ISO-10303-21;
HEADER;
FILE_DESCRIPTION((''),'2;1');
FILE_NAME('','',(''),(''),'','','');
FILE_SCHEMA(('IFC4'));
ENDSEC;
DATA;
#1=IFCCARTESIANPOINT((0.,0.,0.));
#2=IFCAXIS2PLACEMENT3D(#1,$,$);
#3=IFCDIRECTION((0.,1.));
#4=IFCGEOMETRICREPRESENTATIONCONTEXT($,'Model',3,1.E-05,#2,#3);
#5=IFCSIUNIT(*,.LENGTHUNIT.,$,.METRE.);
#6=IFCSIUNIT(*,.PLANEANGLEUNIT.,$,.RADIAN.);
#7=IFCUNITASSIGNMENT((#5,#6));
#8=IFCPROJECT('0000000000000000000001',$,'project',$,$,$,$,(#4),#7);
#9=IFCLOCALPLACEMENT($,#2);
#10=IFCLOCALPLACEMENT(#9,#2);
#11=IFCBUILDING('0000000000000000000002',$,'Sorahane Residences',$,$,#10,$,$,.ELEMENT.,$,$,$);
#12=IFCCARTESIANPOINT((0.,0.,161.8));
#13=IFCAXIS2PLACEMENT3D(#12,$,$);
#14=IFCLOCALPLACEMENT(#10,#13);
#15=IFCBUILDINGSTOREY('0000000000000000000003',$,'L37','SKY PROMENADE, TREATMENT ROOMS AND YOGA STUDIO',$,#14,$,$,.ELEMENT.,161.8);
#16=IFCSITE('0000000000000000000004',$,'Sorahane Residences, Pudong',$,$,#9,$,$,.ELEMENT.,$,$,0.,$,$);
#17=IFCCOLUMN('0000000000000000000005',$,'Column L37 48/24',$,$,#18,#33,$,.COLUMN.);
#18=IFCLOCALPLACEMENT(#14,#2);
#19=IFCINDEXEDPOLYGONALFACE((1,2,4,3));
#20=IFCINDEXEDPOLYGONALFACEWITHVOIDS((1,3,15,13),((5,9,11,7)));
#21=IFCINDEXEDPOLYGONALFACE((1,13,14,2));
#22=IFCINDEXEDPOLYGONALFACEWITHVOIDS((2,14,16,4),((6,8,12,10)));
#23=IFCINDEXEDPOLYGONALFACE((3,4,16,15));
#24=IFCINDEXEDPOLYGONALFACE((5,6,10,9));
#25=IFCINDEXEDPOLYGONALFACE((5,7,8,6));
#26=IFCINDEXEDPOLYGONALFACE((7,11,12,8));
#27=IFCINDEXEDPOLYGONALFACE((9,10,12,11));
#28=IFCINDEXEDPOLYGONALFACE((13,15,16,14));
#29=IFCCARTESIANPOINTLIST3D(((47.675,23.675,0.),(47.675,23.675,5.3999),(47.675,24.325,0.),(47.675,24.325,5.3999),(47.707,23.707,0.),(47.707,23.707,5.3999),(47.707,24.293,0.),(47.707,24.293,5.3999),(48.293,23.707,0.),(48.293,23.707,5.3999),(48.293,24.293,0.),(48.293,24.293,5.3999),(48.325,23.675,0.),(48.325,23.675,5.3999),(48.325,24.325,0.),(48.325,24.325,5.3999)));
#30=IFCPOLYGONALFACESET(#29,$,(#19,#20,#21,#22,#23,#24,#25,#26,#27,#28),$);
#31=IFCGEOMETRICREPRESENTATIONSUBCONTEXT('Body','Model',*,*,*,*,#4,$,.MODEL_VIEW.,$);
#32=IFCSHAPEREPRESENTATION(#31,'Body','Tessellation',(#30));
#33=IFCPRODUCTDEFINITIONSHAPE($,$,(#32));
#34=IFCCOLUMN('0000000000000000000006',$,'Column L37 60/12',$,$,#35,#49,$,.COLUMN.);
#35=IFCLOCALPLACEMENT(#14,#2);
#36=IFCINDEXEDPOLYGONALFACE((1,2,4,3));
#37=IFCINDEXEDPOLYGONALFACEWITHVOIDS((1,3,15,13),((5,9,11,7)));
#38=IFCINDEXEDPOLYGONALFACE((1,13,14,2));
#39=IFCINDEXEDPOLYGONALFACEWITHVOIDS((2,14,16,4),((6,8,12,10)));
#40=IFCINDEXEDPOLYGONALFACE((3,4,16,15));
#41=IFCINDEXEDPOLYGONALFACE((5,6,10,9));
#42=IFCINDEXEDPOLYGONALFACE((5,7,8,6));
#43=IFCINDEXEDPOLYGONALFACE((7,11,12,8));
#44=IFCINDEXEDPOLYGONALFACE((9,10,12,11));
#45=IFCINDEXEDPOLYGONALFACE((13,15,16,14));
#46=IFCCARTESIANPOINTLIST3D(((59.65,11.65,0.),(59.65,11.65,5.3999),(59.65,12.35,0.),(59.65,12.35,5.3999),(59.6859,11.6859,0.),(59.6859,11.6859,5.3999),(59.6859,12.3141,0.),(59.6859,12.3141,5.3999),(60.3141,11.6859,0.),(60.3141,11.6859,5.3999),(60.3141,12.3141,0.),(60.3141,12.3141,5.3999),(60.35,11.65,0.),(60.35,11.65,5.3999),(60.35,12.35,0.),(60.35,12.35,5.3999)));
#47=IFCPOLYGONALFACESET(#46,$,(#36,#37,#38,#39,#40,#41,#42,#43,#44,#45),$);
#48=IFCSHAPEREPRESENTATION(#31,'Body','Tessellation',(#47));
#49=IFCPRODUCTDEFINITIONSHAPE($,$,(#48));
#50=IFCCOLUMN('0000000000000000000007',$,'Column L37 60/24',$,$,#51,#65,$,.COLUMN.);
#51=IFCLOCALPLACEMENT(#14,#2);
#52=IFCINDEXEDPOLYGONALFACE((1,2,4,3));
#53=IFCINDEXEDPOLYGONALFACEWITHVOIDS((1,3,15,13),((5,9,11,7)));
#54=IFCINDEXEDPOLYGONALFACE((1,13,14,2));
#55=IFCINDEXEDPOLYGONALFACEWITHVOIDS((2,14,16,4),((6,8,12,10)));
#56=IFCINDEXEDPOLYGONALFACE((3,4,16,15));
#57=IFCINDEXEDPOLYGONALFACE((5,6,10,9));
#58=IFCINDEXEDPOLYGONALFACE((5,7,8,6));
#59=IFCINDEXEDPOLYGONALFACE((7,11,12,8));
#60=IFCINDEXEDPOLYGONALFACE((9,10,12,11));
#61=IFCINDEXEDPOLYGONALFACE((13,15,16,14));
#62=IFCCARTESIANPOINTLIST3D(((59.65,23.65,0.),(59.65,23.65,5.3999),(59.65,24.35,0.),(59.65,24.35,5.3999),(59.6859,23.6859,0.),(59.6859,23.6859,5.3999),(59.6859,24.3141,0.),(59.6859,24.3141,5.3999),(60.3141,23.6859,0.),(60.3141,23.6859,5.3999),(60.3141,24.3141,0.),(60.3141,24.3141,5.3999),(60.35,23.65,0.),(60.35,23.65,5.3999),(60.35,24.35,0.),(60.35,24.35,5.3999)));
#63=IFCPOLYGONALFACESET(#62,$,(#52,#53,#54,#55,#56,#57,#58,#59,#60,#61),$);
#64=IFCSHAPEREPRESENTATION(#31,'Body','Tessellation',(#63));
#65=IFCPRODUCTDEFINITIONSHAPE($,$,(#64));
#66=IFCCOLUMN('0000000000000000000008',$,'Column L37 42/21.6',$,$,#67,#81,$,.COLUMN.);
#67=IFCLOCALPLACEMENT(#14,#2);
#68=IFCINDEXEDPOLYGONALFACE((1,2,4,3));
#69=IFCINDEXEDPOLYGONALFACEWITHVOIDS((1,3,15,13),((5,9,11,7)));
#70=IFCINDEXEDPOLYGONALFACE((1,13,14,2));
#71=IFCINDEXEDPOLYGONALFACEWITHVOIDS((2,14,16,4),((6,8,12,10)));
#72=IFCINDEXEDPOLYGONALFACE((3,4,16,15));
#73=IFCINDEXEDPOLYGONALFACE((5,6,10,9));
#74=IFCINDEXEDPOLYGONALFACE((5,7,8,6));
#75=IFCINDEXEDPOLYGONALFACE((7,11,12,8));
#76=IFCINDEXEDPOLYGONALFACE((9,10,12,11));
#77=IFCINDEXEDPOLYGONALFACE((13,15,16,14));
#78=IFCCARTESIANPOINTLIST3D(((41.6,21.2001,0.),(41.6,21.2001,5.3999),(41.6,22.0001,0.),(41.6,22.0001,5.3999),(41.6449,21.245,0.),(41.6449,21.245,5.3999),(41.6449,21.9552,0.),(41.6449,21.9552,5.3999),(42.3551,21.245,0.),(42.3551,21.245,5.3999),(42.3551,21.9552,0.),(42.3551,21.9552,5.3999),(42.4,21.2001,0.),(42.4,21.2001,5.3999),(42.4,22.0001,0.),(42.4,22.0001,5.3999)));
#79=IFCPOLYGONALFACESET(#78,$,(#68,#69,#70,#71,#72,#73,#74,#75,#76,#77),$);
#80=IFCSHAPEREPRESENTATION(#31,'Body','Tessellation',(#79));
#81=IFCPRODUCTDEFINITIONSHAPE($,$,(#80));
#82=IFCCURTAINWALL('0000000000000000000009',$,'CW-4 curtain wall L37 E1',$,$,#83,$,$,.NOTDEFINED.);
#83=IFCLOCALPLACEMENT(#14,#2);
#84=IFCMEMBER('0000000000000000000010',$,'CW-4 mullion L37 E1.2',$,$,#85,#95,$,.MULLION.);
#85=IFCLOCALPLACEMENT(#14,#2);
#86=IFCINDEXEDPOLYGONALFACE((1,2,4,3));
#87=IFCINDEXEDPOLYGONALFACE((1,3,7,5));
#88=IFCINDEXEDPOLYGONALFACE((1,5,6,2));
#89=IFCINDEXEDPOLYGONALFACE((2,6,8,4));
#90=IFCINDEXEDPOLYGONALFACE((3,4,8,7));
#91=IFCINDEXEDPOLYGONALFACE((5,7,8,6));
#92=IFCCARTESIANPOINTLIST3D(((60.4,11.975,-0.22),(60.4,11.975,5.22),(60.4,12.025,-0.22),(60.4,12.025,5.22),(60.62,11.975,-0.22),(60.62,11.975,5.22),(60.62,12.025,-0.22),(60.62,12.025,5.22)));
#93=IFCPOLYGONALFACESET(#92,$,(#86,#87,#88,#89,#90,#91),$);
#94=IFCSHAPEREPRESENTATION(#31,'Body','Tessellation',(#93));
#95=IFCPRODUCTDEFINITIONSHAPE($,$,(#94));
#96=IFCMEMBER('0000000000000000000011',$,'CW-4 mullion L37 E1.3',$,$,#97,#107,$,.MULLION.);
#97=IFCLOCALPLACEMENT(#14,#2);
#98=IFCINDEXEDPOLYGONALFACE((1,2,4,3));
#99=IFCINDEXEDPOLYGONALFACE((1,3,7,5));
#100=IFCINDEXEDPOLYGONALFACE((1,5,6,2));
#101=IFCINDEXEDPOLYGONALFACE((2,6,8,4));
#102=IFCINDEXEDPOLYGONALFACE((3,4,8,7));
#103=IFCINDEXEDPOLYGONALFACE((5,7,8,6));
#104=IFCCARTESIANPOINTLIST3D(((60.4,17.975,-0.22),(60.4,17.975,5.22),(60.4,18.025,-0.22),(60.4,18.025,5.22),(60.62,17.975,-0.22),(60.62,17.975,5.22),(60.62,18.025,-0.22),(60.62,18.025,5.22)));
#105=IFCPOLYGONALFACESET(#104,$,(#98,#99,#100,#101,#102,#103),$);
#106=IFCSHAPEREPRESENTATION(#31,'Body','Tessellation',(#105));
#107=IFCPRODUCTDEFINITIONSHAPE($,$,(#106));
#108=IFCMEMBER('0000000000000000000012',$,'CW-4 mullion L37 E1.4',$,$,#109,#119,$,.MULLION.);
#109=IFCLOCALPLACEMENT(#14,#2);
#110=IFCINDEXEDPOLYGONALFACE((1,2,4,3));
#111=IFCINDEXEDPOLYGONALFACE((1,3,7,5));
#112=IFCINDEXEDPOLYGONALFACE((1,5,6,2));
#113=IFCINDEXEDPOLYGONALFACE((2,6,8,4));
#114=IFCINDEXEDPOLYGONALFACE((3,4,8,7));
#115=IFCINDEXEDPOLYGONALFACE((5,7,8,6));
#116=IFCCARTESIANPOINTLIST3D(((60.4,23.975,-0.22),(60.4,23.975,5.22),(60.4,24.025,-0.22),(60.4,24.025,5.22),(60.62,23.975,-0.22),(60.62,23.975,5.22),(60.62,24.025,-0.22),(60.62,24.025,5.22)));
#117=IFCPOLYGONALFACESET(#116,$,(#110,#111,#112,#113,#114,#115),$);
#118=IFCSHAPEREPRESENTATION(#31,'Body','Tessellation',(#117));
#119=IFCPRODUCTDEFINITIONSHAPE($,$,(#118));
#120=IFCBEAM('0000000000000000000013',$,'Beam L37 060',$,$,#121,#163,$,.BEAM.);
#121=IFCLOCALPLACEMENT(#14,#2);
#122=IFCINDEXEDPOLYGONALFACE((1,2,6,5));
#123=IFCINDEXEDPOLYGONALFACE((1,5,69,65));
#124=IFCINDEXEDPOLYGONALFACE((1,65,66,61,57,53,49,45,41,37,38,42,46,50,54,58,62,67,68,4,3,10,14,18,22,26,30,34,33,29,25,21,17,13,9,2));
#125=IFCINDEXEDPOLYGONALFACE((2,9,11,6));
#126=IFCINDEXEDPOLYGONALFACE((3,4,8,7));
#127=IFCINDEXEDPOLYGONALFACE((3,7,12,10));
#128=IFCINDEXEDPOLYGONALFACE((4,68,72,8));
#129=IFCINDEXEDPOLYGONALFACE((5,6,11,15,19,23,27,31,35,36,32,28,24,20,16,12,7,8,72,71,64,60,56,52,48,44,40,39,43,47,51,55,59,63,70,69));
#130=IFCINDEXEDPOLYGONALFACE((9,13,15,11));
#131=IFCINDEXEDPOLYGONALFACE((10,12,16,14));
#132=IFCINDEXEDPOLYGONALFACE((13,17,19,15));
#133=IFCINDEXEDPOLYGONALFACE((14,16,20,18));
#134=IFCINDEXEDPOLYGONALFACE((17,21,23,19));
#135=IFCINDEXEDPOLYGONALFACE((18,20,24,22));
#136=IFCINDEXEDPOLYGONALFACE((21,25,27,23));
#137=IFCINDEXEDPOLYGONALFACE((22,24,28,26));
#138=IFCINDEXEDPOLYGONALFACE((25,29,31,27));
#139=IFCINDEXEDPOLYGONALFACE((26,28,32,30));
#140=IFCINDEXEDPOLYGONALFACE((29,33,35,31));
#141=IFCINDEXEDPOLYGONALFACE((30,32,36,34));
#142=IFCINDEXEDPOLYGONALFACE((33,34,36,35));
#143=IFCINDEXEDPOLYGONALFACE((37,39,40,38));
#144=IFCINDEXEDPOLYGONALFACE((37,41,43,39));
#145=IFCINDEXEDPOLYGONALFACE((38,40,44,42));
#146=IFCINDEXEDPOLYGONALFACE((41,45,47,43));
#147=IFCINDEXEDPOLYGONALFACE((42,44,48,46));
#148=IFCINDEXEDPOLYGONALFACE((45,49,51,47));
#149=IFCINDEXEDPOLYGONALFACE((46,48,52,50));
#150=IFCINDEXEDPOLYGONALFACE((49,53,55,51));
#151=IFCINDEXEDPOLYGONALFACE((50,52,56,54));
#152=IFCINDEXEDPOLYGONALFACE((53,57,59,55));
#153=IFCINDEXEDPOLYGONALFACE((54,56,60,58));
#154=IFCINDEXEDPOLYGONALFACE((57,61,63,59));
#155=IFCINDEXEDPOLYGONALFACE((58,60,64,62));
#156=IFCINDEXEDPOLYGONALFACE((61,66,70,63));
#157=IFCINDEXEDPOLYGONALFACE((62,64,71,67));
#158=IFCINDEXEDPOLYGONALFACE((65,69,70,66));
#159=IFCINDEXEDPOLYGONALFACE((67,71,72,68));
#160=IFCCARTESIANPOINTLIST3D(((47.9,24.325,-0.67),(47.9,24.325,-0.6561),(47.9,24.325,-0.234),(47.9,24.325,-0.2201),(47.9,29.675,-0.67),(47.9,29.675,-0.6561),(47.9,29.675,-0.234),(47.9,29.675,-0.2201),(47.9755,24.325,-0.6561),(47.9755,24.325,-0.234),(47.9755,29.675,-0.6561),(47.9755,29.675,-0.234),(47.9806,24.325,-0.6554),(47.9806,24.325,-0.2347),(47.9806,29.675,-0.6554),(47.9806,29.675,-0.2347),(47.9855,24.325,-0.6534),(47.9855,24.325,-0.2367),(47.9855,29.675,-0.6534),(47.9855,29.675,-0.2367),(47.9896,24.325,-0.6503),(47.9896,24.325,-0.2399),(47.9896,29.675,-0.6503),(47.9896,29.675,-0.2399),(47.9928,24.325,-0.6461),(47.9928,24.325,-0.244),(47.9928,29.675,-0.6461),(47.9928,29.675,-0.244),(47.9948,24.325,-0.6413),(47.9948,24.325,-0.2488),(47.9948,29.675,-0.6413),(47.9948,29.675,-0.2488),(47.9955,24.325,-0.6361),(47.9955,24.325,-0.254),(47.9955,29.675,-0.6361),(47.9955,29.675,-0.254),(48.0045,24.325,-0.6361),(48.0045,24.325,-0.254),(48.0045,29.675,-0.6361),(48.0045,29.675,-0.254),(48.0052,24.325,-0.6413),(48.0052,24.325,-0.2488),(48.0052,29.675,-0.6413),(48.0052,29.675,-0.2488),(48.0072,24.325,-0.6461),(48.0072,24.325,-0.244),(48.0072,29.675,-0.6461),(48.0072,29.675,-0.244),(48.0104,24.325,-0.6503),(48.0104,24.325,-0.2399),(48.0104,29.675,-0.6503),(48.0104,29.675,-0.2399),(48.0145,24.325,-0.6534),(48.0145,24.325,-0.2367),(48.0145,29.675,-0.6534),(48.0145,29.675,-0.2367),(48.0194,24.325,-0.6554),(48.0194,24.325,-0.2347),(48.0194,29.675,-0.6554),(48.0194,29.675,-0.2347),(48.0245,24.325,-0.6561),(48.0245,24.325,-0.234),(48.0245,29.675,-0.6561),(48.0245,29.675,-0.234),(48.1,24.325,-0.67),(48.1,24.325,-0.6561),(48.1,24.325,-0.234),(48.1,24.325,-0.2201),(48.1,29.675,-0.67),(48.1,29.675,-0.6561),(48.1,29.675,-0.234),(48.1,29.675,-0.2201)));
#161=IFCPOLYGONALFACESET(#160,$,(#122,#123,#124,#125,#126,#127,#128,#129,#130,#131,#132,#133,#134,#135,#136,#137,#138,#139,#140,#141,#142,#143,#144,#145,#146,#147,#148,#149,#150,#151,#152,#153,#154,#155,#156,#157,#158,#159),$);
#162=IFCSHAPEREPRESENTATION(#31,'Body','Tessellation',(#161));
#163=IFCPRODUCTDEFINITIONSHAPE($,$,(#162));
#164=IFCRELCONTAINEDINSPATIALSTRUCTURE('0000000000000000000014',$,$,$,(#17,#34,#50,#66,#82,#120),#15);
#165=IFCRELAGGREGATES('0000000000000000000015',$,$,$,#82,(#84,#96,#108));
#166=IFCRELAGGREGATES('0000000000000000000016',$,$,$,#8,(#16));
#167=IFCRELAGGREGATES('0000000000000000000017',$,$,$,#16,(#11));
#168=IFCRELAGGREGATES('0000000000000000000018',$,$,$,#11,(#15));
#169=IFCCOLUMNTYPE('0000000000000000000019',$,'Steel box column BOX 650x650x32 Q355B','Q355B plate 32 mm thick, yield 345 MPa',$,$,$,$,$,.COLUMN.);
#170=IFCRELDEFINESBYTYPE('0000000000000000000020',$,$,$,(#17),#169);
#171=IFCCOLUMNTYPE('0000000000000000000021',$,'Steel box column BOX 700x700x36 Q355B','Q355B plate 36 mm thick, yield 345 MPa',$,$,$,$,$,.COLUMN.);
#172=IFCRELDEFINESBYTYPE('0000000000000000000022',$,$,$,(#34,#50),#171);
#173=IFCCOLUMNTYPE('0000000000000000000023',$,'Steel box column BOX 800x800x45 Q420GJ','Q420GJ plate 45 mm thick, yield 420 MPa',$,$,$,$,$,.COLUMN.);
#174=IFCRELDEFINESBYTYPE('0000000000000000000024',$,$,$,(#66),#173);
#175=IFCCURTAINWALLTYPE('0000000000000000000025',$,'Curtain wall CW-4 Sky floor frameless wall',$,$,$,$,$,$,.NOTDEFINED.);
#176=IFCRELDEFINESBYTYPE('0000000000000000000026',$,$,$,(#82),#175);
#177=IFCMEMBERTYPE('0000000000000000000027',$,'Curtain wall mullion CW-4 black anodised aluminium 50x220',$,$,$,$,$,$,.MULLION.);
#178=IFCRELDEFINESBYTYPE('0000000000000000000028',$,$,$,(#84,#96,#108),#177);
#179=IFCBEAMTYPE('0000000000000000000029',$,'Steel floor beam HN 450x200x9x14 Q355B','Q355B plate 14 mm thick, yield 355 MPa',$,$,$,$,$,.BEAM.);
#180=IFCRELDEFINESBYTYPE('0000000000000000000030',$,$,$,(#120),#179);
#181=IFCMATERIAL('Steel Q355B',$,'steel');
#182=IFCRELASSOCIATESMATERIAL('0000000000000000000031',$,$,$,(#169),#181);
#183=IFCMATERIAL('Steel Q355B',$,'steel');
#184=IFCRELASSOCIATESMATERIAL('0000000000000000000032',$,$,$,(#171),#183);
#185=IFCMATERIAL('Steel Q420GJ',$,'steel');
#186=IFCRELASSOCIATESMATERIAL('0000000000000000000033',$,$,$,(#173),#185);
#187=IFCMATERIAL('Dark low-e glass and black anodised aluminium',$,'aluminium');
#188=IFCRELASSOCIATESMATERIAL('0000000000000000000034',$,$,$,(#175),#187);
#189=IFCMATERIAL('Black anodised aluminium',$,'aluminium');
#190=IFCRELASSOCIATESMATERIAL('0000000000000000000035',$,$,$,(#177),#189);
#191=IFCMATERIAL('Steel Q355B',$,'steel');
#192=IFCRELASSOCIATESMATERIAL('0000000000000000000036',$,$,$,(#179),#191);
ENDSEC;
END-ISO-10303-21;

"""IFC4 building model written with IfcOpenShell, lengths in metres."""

from ifc_helpers import new_model, si_unit, direction, frame, origin, origin_2d, place, context, subcontext, project, spatial, rectangle, hollow_rectangle, i_section, extrude, material, material_profile, profile_set, type_object, element, aggregate, save


model = new_model("IFC4")

# Units and contexts
model_context = context("Model", 3, precision=1e-05, world=origin(), true_north=direction((0.0, 1.0)))
body_context = subcontext(model_context, "Body", "Model", "MODEL_VIEW")
ifc_project = project(units=[si_unit("LENGTHUNIT", "METRE"), si_unit("PLANEANGLEUNIT", "RADIAN")], contexts=[model_context])

# Site, building, storey
site_placement = place(None, origin())
site = spatial("IfcSite", under=ifc_project, at=site_placement, Name="Sorahane Residences, Pudong", CompositionType="ELEMENT", RefElevation=0.0)
building_placement = place(site_placement, origin())
building = spatial("IfcBuilding", under=site, at=building_placement, Name="Sorahane Residences", CompositionType="ELEMENT")
storey_placement = place(building_placement, frame((0.0, 0.0, 161.8)))
storey = spatial("IfcBuildingStorey", under=building, at=storey_placement, Name="L37", Description="SKY PROMENADE, TREATMENT ROOMS AND YOGA STUDIO", CompositionType="ELEMENT", Elevation=161.8)

# Columns
ifc_material_1 = material(Name="Steel Q355B", Category="steel")
ifc_material_profile_1 = material_profile(ifc_material_1, hollow_rectangle(XDim=0.6499, YDim=0.6499, WallThickness=0.032, at=origin_2d()), Name="BOX 650x650x32")
ifc_profile_set_1 = profile_set([ifc_material_profile_1], Name="Steel Q355B")
column_type_1 = type_object("IfcColumnType", Name="Steel box column BOX 650x650x32 Q355B", Description="Q355B plate 32 mm thick, yield 345 MPa", PredefinedType="COLUMN", material=ifc_profile_set_1)
column_1_placement = place(storey_placement, frame((48.0, 24.0, 0.0), z_axis=(0.0, 0.0, 1.0), x_axis=(1.0, 0.0, 0.0)))
element("IfcColumn", 1, at=column_1_placement, inside=storey, type_object=column_type_1, Name="Column L37 48/24", PredefinedType="COLUMN", context=body_context, shape_type="SweptSolid", body=[
    extrude(hollow_rectangle(XDim=0.6499, YDim=0.6499, WallThickness=0.032, at=origin_2d()), origin(), (0.0, 0.0, 1.0), 5.3999),
])
ifc_material_2 = material(Name="Steel Q355B", Category="steel")
ifc_material_profile_2 = material_profile(ifc_material_2, hollow_rectangle(XDim=0.7, YDim=0.7, WallThickness=0.0359, at=origin_2d()), Name="BOX 700x700x36")
ifc_profile_set_2 = profile_set([ifc_material_profile_2], Name="Steel Q355B")
column_type_2 = type_object("IfcColumnType", Name="Steel box column BOX 700x700x36 Q355B", Description="Q355B plate 36 mm thick, yield 345 MPa", PredefinedType="COLUMN", material=ifc_profile_set_2)
for number, where, z_axis, x_axis, name in (
    (2, (60.0, 12.0, 0.0), (0.0, 0.0, 1.0), (1.0, 0.0, 0.0), "Column L37 60/12"),
    (3, (60.0, 24.0, 0.0), (0.0, 0.0, 1.0), (1.0, 0.0, 0.0), "Column L37 60/24"),
):
    element("IfcColumn", number, at=place(storey_placement, frame(where, z_axis=z_axis, x_axis=x_axis)), inside=storey, type_object=column_type_2, Name=name, PredefinedType="COLUMN", context=body_context, shape_type="SweptSolid", body=[
        extrude(hollow_rectangle(XDim=0.7, YDim=0.7, WallThickness=0.0359, at=origin_2d()), origin(), (0.0, 0.0, 1.0), 5.3999),
    ])
ifc_material_3 = material(Name="Steel Q420GJ", Category="steel")
ifc_material_profile_3 = material_profile(ifc_material_3, hollow_rectangle(XDim=0.8, YDim=0.8, WallThickness=0.0449, at=origin_2d()), Name="BOX 800x800x45")
ifc_profile_set_3 = profile_set([ifc_material_profile_3], Name="Steel Q420GJ")
column_type_3 = type_object("IfcColumnType", Name="Steel box column BOX 800x800x45 Q420GJ", Description="Q420GJ plate 45 mm thick, yield 420 MPa", PredefinedType="COLUMN", material=ifc_profile_set_3)
column_2_placement = place(storey_placement, frame((42.0, 21.6001, 0.0), z_axis=(0.0, 0.0, 1.0), x_axis=(1.0, 0.0, 0.0)))
element("IfcColumn", 4, at=column_2_placement, inside=storey, type_object=column_type_3, Name="Column L37 42/21.6", PredefinedType="COLUMN", context=body_context, shape_type="SweptSolid", body=[
    extrude(hollow_rectangle(XDim=0.8, YDim=0.8, WallThickness=0.0449, at=origin_2d()), origin(), (0.0, 0.0, 1.0), 5.3999),
])

# Curtain wall, members
ifc_material_4 = material(Name="Dark low-e glass and black anodised aluminium", Category="aluminium")
curtain_wall_type = type_object("IfcCurtainWallType", Name="Curtain wall CW-4 Sky floor frameless wall", PredefinedType="NOTDEFINED", material=ifc_material_4)
curtain_wall_placement = place(storey_placement, origin())
curtain_wall = element("IfcCurtainWall", 5, at=curtain_wall_placement, inside=storey, type_object=curtain_wall_type, Name="CW-4 curtain wall L37 E1", PredefinedType="NOTDEFINED")
ifc_material_5 = material(Name="Black anodised aluminium", Category="aluminium")
ifc_material_profile_4 = material_profile(ifc_material_5, rectangle(XDim=0.22, YDim=0.05, at=origin_2d()), Name="Curtain wall mullion CW-4 black anodised aluminium 50x220")
ifc_profile_set_4 = profile_set([ifc_material_profile_4], Name="Black anodised aluminium")
member_type = type_object("IfcMemberType", Name="Curtain wall mullion CW-4 black anodised aluminium 50x220", PredefinedType="MULLION", material=ifc_profile_set_4)
member_1_placement = place(storey_placement, frame((60.51, 12.0, -0.22), z_axis=(0.0, 0.0, 1.0), x_axis=(1.0, 0.0, 0.0)))
member_1 = element("IfcMember", 6, at=member_1_placement, type_object=member_type, Name="CW-4 mullion L37 E1.2", PredefinedType="MULLION", context=body_context, shape_type="SweptSolid", body=[
    extrude(rectangle(XDim=0.22, YDim=0.05, at=origin_2d()), origin(), (0.0, 0.0, 1.0), 5.4399),
])
member_2_placement = place(storey_placement, frame((60.51, 18.0, -0.22), z_axis=(0.0, 0.0, 1.0), x_axis=(1.0, 0.0, 0.0)))
member_2 = element("IfcMember", 7, at=member_2_placement, type_object=member_type, Name="CW-4 mullion L37 E1.3", PredefinedType="MULLION", context=body_context, shape_type="SweptSolid", body=[
    extrude(rectangle(XDim=0.22, YDim=0.05, at=origin_2d()), origin(), (0.0, 0.0, 1.0), 5.4399),
])
member_3_placement = place(storey_placement, frame((60.51, 24.0, -0.22), z_axis=(0.0, 0.0, 1.0), x_axis=(1.0, 0.0, 0.0)))
member_3 = element("IfcMember", 8, at=member_3_placement, type_object=member_type, Name="CW-4 mullion L37 E1.4", PredefinedType="MULLION", context=body_context, shape_type="SweptSolid", body=[
    extrude(rectangle(XDim=0.22, YDim=0.05, at=origin_2d()), origin(), (0.0, 0.0, 1.0), 5.4399),
])

# Beam
ifc_material_6 = material(Name="Steel Q355B", Category="steel")
ifc_material_profile_5 = material_profile(ifc_material_6, i_section(OverallWidth=0.2, OverallDepth=0.45, WebThickness=0.009, FlangeThickness=0.0139, FilletRadius=0.02, at=origin_2d()), Name="HN 450x200x9x14")
ifc_profile_set_5 = profile_set([ifc_material_profile_5], Name="Steel Q355B")
beam_type_1 = type_object("IfcBeamType", Name="Steel floor beam HN 450x200x9x14 Q355B", Description="Q355B plate 14 mm thick, yield 355 MPa", PredefinedType="BEAM", material=ifc_profile_set_5)
beam_1_placement = place(storey_placement, frame((48.0, 24.325, -0.4451), z_axis=(0.0, 1.0, 0.0), x_axis=(-1.0, 0.0, 0.0)))
element("IfcBeam", 9, at=beam_1_placement, inside=storey, type_object=beam_type_1, Name="Beam L37 060", PredefinedType="BEAM", context=body_context, shape_type="SweptSolid", body=[
    extrude(i_section(OverallWidth=0.2, OverallDepth=0.45, WebThickness=0.009, FlangeThickness=0.0139, FilletRadius=0.02, at=origin_2d()), origin(), (0.0, 0.0, 1.0), 5.3501),
])

aggregate(curtain_wall, [member_1, member_2, member_3])

save(model, "model.ifc")
